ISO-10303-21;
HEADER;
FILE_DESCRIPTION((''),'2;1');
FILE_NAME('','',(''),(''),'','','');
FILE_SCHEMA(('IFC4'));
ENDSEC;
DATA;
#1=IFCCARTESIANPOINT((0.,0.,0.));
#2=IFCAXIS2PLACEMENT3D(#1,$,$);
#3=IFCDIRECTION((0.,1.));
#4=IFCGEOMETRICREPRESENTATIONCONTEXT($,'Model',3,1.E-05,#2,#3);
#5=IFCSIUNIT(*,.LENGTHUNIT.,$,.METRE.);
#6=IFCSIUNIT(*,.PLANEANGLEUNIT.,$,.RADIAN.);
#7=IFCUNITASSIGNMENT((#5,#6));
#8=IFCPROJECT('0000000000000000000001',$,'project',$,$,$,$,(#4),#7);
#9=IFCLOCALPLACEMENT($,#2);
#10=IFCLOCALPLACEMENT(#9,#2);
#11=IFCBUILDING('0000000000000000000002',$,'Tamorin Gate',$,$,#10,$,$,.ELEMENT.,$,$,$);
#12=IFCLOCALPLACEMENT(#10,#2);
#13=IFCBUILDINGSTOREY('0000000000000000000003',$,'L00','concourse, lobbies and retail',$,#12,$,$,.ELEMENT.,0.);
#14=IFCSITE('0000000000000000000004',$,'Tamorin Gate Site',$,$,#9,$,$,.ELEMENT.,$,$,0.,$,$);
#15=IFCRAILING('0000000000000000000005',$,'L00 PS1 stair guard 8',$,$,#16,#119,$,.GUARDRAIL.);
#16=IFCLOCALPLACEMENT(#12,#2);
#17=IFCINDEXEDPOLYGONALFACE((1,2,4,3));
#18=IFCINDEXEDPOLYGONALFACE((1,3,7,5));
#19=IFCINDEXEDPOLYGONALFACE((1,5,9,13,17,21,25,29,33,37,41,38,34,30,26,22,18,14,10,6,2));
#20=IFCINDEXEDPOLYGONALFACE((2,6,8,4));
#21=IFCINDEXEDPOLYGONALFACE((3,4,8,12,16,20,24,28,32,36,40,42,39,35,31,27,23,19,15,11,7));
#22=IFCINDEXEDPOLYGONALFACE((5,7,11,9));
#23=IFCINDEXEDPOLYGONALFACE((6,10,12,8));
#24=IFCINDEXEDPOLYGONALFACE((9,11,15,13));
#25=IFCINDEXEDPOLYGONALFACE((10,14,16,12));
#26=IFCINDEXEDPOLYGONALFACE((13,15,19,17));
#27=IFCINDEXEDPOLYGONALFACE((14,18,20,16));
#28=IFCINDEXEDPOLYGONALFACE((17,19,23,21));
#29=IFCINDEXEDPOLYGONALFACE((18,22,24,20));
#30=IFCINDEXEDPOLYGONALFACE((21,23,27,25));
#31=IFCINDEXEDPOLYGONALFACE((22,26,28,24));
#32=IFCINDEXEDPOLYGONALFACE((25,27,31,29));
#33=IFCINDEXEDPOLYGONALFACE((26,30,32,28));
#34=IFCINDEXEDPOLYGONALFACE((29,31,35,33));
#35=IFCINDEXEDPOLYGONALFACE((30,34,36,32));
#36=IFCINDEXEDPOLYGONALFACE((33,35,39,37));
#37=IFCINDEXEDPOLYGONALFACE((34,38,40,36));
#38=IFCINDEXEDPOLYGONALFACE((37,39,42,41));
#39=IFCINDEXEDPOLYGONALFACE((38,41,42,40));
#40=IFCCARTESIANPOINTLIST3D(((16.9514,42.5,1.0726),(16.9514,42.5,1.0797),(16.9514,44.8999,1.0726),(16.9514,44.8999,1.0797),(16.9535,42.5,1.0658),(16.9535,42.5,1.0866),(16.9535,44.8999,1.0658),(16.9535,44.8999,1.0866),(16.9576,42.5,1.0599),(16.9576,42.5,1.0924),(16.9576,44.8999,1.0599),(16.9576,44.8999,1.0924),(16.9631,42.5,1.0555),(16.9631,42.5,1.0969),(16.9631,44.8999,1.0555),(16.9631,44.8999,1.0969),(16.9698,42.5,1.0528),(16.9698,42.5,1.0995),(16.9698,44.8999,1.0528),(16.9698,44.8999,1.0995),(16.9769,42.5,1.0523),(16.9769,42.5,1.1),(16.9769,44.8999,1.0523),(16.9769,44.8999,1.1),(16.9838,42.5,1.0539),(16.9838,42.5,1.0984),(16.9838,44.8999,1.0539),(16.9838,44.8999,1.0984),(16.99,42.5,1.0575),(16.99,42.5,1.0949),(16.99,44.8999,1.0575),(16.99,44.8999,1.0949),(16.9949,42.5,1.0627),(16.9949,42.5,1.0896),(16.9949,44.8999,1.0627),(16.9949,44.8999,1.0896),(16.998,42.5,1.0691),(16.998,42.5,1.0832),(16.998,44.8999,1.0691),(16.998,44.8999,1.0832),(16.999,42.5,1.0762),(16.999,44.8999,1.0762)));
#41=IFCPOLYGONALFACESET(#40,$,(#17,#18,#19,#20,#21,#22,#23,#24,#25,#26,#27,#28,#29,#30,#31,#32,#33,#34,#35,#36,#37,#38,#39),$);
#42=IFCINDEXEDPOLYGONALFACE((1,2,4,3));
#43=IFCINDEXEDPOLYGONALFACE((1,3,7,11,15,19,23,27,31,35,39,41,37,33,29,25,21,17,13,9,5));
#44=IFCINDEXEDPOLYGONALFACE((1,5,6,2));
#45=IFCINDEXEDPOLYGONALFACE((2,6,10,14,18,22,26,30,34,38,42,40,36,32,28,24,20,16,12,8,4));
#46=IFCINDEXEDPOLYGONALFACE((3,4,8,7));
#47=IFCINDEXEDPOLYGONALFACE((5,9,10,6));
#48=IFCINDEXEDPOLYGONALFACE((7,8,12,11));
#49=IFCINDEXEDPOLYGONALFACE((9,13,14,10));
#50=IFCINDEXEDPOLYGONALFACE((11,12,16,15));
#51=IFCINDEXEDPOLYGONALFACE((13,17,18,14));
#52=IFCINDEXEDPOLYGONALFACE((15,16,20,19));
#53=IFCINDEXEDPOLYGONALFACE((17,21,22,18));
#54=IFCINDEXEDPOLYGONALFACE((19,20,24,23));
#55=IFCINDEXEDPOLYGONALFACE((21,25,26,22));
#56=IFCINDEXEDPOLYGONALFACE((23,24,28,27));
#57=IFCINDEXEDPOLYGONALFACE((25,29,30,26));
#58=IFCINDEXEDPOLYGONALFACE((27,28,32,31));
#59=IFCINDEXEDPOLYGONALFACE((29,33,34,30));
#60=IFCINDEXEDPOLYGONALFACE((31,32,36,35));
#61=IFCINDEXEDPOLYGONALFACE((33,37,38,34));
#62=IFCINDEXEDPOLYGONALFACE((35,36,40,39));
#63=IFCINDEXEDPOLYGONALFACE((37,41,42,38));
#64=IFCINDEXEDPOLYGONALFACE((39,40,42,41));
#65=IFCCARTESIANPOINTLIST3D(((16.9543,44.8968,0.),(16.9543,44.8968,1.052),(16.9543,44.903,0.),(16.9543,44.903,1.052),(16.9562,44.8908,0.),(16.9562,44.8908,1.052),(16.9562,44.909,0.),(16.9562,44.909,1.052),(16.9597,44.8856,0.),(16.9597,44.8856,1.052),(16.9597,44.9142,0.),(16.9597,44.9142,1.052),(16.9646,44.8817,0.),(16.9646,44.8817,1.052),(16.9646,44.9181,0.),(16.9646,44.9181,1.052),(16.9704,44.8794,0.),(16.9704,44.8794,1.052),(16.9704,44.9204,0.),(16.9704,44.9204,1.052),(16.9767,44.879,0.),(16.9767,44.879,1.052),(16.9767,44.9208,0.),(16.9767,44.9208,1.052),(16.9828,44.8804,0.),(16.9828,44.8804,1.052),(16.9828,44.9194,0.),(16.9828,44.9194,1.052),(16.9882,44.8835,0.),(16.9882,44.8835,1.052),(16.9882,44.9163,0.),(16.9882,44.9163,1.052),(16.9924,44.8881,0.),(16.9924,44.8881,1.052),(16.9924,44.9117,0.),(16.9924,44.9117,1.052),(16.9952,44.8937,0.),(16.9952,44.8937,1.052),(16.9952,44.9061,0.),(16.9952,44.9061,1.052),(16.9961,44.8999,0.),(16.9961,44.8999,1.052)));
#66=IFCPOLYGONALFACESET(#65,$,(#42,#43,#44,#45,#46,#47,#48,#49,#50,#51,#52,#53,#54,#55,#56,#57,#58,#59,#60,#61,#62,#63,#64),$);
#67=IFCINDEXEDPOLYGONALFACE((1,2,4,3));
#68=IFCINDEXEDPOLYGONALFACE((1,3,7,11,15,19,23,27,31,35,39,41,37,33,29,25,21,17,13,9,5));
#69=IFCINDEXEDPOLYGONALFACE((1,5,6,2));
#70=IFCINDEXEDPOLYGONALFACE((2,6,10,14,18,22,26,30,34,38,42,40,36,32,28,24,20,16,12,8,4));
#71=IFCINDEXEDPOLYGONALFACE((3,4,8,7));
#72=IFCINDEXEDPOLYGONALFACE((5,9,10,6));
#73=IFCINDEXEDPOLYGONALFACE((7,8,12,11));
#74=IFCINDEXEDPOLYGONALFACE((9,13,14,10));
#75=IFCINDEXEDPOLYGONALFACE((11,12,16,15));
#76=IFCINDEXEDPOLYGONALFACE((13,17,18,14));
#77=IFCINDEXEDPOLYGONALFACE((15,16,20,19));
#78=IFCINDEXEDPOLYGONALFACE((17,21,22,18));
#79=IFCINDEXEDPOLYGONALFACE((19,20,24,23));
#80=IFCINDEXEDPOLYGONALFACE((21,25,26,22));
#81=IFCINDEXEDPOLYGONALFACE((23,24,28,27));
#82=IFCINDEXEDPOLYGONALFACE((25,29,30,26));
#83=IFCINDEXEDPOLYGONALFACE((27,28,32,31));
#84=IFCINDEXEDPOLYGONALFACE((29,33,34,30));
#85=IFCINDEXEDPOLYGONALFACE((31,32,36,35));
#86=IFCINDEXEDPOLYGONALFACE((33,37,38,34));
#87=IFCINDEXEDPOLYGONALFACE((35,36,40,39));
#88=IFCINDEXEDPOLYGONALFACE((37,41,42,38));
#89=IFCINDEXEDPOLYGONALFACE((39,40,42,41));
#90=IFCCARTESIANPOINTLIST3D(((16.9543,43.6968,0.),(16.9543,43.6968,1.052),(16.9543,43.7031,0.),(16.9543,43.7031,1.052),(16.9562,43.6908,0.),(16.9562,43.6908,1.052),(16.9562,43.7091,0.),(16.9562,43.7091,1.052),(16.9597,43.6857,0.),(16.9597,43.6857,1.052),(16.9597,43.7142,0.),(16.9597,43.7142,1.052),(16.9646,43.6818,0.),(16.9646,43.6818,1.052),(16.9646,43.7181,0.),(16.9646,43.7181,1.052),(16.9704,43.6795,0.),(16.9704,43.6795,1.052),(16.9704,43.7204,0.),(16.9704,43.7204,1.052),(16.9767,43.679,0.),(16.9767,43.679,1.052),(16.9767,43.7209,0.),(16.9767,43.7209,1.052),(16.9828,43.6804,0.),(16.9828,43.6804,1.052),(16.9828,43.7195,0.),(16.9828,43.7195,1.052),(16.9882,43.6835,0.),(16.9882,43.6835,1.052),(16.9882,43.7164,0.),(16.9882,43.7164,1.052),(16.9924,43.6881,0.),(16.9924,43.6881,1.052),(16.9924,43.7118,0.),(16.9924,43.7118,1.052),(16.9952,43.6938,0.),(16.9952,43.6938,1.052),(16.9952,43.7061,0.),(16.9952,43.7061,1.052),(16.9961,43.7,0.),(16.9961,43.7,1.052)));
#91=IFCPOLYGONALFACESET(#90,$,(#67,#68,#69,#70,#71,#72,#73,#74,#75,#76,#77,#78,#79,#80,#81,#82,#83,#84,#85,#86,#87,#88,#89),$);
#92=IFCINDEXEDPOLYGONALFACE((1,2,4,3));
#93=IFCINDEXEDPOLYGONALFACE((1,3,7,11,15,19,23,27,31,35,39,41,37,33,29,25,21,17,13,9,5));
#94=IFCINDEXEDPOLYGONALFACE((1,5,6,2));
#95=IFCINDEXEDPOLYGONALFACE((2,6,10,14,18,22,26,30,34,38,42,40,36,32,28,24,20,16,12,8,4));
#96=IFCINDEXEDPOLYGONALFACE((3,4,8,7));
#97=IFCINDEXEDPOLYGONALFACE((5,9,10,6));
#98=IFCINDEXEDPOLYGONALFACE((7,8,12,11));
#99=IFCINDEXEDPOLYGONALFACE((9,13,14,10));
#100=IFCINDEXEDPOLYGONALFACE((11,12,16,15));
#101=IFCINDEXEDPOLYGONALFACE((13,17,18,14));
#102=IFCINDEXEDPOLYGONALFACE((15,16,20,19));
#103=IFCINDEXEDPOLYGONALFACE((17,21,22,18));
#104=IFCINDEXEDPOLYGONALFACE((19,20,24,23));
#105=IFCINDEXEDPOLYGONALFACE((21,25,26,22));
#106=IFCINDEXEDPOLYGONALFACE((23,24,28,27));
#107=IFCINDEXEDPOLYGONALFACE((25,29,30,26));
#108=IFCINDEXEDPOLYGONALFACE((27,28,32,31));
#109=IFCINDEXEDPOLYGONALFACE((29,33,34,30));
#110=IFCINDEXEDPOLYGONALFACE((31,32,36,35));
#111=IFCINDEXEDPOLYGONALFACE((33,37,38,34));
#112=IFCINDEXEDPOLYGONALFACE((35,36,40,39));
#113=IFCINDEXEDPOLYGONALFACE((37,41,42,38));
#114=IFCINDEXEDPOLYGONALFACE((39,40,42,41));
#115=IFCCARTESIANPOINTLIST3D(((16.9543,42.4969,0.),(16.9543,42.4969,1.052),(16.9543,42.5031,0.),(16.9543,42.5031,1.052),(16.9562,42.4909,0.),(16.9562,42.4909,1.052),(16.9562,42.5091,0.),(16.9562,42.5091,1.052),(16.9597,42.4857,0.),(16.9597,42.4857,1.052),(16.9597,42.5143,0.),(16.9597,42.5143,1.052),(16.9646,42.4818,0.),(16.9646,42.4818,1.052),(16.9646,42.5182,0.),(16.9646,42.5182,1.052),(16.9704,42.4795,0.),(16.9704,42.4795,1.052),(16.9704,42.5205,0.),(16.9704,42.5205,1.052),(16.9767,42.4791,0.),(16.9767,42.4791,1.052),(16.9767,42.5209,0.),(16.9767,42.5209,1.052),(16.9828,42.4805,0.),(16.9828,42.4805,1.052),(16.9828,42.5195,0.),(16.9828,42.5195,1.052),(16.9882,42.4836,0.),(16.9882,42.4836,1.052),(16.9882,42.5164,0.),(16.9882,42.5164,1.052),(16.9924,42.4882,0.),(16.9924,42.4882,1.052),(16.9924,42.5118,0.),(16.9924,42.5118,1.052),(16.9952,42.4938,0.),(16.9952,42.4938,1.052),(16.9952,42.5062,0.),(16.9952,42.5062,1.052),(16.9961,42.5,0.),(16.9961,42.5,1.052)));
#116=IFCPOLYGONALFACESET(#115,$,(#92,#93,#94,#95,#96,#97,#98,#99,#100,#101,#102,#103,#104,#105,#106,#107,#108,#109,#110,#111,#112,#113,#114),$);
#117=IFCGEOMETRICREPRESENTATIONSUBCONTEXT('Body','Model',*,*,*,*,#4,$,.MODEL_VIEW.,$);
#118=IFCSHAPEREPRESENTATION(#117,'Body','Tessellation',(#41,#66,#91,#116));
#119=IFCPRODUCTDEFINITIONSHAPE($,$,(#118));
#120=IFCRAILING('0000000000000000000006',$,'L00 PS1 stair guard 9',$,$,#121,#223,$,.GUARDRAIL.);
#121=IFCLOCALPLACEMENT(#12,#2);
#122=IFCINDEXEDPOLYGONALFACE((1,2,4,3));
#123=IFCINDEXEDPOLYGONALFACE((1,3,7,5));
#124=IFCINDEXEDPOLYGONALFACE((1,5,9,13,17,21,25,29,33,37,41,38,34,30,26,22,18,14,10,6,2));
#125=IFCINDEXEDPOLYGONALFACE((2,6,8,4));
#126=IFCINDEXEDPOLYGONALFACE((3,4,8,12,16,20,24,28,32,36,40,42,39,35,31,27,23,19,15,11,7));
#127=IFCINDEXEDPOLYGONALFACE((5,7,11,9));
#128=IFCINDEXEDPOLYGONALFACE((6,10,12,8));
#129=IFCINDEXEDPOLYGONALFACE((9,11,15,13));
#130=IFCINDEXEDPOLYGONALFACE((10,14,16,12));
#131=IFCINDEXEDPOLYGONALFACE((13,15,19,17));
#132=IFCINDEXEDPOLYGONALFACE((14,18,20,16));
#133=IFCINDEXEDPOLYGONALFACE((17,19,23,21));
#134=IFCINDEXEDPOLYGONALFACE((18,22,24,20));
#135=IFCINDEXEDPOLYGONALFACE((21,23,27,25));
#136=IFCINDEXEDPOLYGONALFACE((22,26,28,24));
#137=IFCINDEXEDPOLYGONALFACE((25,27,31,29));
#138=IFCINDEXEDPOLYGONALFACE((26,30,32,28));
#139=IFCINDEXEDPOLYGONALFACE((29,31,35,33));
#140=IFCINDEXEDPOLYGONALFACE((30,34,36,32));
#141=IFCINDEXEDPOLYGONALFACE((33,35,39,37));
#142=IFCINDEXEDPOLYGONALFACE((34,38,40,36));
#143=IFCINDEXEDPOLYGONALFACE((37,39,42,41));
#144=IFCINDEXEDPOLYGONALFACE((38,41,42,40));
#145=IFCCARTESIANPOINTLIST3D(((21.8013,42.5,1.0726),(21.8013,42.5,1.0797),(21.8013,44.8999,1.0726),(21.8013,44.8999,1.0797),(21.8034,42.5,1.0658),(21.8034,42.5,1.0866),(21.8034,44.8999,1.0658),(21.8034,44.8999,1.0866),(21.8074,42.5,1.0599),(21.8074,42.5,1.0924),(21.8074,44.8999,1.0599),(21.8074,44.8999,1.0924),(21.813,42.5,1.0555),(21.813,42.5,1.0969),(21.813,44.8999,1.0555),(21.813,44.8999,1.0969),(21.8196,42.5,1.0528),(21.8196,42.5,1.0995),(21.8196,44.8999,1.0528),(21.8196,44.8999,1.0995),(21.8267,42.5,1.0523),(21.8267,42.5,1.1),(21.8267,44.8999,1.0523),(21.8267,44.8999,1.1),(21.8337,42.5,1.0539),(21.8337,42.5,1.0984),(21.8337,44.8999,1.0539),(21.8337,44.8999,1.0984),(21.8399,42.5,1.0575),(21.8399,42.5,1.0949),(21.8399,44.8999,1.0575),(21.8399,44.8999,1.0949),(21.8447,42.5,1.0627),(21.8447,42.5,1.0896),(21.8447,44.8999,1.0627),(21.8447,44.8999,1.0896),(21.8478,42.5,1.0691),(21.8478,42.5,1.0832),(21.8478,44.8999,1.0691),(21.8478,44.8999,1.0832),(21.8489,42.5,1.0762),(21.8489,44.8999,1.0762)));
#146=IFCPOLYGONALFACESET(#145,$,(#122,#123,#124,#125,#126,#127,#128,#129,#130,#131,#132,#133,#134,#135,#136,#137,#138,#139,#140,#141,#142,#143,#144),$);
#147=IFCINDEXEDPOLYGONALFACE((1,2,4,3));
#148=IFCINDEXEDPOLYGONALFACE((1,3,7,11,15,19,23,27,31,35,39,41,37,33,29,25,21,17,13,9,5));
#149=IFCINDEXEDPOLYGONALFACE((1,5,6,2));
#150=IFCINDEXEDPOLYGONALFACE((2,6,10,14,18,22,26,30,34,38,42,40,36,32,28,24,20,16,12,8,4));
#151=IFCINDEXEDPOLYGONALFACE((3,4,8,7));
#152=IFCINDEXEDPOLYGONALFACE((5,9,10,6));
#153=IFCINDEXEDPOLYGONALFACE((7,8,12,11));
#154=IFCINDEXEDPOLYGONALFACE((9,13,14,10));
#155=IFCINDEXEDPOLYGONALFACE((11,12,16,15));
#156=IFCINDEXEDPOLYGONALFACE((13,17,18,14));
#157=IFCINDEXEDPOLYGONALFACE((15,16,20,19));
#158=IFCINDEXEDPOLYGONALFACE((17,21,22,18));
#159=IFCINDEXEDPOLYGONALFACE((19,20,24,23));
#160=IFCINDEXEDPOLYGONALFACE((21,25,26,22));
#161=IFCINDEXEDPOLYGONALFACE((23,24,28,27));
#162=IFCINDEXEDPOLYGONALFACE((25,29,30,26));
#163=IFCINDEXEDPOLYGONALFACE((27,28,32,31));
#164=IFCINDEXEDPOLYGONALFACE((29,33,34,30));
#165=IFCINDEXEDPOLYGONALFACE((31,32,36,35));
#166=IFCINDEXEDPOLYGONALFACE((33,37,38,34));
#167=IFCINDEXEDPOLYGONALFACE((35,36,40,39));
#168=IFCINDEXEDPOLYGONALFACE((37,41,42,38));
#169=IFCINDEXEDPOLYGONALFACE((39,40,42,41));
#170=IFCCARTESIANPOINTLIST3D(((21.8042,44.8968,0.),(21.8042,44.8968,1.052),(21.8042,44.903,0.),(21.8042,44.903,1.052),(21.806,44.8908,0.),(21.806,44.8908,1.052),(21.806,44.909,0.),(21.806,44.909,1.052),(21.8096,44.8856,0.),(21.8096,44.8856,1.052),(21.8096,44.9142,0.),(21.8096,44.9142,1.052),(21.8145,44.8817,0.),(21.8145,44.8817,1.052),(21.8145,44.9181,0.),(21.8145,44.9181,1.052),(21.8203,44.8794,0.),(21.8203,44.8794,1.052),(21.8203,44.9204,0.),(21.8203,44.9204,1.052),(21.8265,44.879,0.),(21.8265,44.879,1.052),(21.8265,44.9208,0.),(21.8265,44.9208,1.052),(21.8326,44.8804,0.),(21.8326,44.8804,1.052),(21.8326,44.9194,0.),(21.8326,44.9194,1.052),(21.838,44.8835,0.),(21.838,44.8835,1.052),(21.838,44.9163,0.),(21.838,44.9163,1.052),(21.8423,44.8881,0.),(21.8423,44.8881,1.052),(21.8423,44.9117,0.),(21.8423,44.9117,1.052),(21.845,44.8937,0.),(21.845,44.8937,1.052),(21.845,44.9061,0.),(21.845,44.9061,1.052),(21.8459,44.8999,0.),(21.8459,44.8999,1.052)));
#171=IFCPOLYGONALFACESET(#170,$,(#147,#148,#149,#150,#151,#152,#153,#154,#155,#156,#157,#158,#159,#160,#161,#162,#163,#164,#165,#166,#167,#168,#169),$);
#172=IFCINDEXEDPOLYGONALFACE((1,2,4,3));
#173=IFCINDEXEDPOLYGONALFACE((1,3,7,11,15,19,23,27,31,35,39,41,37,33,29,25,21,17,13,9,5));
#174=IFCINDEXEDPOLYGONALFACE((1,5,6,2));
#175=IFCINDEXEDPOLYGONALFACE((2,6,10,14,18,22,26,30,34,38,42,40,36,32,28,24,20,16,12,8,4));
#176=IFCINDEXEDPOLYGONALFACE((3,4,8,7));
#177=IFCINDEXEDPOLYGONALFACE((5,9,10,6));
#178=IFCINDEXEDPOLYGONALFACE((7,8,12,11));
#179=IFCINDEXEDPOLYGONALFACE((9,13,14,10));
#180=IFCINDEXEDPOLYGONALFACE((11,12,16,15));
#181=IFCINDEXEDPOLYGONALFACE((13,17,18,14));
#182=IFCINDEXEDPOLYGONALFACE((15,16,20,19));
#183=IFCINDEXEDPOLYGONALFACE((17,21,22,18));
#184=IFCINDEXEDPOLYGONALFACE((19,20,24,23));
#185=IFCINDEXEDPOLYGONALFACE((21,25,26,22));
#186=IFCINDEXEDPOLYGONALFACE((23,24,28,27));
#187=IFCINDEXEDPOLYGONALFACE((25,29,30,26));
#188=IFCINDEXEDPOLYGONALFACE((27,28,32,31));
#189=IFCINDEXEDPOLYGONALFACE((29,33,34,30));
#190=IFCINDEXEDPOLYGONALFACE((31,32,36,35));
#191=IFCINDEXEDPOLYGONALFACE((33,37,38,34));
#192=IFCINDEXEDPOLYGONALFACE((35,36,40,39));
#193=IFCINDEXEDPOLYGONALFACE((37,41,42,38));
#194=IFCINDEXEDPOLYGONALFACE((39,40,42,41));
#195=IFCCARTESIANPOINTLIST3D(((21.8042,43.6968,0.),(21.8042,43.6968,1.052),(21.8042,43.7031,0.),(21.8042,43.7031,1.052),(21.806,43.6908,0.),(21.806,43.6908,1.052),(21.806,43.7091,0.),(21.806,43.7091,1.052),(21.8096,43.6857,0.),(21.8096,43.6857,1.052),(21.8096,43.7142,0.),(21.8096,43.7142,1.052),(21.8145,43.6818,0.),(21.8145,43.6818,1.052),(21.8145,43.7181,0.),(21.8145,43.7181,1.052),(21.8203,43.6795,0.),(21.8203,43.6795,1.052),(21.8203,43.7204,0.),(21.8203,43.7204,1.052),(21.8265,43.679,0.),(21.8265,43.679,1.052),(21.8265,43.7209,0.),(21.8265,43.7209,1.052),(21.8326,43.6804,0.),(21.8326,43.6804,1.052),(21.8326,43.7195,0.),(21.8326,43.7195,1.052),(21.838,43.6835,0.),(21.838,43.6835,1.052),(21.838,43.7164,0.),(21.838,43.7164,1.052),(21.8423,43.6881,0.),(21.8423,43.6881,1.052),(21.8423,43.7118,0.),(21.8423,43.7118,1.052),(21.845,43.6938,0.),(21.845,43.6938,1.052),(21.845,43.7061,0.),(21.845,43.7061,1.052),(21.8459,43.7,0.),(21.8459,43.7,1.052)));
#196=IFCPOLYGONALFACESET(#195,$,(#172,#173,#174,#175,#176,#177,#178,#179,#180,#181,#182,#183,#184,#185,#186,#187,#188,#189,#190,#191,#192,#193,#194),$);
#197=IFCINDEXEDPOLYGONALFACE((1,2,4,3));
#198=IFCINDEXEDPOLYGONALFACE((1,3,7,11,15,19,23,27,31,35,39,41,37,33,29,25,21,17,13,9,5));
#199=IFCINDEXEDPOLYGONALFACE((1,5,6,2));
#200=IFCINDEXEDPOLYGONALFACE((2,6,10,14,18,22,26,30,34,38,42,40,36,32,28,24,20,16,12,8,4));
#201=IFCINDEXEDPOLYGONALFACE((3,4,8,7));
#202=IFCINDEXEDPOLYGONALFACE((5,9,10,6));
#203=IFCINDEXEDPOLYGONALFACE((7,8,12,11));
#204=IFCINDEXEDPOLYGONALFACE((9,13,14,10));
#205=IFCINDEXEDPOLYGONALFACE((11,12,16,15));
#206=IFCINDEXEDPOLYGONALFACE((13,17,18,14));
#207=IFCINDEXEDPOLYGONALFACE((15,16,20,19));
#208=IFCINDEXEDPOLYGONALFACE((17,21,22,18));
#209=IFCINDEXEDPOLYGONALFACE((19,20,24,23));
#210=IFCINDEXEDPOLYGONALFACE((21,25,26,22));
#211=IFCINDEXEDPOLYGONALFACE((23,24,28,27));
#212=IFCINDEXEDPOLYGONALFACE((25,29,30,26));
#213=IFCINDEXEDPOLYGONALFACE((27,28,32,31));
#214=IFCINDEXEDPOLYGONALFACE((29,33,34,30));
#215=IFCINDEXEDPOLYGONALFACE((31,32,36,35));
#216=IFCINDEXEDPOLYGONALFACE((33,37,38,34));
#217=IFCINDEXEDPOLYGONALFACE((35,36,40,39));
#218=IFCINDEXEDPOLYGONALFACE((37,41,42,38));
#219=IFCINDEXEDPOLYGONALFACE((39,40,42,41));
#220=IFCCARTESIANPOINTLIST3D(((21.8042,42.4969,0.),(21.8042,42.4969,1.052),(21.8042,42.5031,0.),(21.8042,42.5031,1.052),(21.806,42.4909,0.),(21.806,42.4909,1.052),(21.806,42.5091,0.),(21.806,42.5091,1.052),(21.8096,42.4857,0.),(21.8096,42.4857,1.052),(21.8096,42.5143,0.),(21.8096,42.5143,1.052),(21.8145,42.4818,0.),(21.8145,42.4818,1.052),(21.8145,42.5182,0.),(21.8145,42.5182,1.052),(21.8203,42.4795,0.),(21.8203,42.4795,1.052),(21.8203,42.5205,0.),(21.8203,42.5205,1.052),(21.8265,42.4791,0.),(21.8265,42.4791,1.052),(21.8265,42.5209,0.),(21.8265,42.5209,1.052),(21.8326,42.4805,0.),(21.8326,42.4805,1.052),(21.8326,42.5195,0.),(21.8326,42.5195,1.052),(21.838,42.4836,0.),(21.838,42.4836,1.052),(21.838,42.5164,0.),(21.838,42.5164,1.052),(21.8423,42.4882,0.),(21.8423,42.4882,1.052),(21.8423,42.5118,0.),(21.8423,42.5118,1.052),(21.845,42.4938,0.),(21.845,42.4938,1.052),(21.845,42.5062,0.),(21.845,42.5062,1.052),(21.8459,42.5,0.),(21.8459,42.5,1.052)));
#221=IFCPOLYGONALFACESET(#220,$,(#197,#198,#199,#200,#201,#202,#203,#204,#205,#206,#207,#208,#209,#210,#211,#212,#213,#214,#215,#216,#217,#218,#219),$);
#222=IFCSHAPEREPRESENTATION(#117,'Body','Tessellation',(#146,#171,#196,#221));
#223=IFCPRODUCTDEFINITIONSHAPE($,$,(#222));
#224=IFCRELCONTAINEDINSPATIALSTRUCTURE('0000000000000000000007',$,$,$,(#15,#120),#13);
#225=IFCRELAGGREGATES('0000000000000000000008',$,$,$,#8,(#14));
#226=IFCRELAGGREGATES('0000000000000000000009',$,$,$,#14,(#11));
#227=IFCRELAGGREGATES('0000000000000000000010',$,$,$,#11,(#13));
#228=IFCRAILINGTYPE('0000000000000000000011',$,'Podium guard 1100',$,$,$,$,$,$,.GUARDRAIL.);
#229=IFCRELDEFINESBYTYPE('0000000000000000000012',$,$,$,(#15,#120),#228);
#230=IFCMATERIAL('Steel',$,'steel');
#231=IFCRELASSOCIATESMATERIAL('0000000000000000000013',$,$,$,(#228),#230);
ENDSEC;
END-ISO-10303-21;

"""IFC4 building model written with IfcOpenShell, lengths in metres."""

from ifc_helpers import new_model, si_unit, direction, frame, origin, origin_2d, place, context, subcontext, project, spatial, circle, extrude, material, type_object, element, save


model = new_model("IFC4")

# Units and contexts
model_context = context("Model", 3, precision=1e-05, world=origin(), true_north=direction((0.0, 1.0)))
body_context = subcontext(model_context, "Body", "Model", "MODEL_VIEW")
ifc_project = project(units=[si_unit("LENGTHUNIT", "METRE"), si_unit("PLANEANGLEUNIT", "RADIAN")], contexts=[model_context])

# Site, building, storey
site_placement = place(None, origin())
site = spatial("IfcSite", under=ifc_project, at=site_placement, Name="Tamorin Gate Site", CompositionType="ELEMENT", RefElevation=0.0)
building_placement = place(site_placement, origin())
building = spatial("IfcBuilding", under=site, at=building_placement, Name="Tamorin Gate", CompositionType="ELEMENT")
storey_placement = place(building_placement, origin())
storey = spatial("IfcBuildingStorey", under=building, at=storey_placement, Name="L00", Description="concourse, lobbies and retail", CompositionType="ELEMENT", Elevation=0.0)

# Railings
ifc_material_1 = material(Name="Steel", Category="steel")
railing_type_1 = type_object("IfcRailingType", Name="Podium guard 1100", PredefinedType="GUARDRAIL", material=ifc_material_1)
for number, where, name in (
    (1, (16.9751, 44.8999, 0.0), "L00 PS1 stair guard 8"),
    (2, (21.825, 44.8999, 0.0), "L00 PS1 stair guard 9"),
):
    element("IfcRailing", number, at=place(storey_placement, frame(where)), inside=storey, type_object=railing_type_1, Name=name, PredefinedType="GUARDRAIL", context=body_context, shape_type="SweptSolid", body=[
        extrude(circle(Radius=0.0239, at=origin_2d()), frame((0.0, 0.0, 1.0762), z_axis=(0.0, -1.0, 0.0), x_axis=(1.0, 0.0, 0.0)), (0.0, 0.0, 1.0), 2.3999),
        extrude(circle(Radius=0.021, at=origin_2d()), origin(), (0.0, 0.0, 1.0), 1.052),
        extrude(circle(Radius=0.021, at=origin_2d()), frame((0.0, -1.2, 0.0)), (0.0, 0.0, 1.0), 1.052),
        extrude(circle(Radius=0.021, at=origin_2d()), frame((0.0, -2.3999, 0.0)), (0.0, 0.0, 1.0), 1.052),
    ])

save(model, "model.ifc")
